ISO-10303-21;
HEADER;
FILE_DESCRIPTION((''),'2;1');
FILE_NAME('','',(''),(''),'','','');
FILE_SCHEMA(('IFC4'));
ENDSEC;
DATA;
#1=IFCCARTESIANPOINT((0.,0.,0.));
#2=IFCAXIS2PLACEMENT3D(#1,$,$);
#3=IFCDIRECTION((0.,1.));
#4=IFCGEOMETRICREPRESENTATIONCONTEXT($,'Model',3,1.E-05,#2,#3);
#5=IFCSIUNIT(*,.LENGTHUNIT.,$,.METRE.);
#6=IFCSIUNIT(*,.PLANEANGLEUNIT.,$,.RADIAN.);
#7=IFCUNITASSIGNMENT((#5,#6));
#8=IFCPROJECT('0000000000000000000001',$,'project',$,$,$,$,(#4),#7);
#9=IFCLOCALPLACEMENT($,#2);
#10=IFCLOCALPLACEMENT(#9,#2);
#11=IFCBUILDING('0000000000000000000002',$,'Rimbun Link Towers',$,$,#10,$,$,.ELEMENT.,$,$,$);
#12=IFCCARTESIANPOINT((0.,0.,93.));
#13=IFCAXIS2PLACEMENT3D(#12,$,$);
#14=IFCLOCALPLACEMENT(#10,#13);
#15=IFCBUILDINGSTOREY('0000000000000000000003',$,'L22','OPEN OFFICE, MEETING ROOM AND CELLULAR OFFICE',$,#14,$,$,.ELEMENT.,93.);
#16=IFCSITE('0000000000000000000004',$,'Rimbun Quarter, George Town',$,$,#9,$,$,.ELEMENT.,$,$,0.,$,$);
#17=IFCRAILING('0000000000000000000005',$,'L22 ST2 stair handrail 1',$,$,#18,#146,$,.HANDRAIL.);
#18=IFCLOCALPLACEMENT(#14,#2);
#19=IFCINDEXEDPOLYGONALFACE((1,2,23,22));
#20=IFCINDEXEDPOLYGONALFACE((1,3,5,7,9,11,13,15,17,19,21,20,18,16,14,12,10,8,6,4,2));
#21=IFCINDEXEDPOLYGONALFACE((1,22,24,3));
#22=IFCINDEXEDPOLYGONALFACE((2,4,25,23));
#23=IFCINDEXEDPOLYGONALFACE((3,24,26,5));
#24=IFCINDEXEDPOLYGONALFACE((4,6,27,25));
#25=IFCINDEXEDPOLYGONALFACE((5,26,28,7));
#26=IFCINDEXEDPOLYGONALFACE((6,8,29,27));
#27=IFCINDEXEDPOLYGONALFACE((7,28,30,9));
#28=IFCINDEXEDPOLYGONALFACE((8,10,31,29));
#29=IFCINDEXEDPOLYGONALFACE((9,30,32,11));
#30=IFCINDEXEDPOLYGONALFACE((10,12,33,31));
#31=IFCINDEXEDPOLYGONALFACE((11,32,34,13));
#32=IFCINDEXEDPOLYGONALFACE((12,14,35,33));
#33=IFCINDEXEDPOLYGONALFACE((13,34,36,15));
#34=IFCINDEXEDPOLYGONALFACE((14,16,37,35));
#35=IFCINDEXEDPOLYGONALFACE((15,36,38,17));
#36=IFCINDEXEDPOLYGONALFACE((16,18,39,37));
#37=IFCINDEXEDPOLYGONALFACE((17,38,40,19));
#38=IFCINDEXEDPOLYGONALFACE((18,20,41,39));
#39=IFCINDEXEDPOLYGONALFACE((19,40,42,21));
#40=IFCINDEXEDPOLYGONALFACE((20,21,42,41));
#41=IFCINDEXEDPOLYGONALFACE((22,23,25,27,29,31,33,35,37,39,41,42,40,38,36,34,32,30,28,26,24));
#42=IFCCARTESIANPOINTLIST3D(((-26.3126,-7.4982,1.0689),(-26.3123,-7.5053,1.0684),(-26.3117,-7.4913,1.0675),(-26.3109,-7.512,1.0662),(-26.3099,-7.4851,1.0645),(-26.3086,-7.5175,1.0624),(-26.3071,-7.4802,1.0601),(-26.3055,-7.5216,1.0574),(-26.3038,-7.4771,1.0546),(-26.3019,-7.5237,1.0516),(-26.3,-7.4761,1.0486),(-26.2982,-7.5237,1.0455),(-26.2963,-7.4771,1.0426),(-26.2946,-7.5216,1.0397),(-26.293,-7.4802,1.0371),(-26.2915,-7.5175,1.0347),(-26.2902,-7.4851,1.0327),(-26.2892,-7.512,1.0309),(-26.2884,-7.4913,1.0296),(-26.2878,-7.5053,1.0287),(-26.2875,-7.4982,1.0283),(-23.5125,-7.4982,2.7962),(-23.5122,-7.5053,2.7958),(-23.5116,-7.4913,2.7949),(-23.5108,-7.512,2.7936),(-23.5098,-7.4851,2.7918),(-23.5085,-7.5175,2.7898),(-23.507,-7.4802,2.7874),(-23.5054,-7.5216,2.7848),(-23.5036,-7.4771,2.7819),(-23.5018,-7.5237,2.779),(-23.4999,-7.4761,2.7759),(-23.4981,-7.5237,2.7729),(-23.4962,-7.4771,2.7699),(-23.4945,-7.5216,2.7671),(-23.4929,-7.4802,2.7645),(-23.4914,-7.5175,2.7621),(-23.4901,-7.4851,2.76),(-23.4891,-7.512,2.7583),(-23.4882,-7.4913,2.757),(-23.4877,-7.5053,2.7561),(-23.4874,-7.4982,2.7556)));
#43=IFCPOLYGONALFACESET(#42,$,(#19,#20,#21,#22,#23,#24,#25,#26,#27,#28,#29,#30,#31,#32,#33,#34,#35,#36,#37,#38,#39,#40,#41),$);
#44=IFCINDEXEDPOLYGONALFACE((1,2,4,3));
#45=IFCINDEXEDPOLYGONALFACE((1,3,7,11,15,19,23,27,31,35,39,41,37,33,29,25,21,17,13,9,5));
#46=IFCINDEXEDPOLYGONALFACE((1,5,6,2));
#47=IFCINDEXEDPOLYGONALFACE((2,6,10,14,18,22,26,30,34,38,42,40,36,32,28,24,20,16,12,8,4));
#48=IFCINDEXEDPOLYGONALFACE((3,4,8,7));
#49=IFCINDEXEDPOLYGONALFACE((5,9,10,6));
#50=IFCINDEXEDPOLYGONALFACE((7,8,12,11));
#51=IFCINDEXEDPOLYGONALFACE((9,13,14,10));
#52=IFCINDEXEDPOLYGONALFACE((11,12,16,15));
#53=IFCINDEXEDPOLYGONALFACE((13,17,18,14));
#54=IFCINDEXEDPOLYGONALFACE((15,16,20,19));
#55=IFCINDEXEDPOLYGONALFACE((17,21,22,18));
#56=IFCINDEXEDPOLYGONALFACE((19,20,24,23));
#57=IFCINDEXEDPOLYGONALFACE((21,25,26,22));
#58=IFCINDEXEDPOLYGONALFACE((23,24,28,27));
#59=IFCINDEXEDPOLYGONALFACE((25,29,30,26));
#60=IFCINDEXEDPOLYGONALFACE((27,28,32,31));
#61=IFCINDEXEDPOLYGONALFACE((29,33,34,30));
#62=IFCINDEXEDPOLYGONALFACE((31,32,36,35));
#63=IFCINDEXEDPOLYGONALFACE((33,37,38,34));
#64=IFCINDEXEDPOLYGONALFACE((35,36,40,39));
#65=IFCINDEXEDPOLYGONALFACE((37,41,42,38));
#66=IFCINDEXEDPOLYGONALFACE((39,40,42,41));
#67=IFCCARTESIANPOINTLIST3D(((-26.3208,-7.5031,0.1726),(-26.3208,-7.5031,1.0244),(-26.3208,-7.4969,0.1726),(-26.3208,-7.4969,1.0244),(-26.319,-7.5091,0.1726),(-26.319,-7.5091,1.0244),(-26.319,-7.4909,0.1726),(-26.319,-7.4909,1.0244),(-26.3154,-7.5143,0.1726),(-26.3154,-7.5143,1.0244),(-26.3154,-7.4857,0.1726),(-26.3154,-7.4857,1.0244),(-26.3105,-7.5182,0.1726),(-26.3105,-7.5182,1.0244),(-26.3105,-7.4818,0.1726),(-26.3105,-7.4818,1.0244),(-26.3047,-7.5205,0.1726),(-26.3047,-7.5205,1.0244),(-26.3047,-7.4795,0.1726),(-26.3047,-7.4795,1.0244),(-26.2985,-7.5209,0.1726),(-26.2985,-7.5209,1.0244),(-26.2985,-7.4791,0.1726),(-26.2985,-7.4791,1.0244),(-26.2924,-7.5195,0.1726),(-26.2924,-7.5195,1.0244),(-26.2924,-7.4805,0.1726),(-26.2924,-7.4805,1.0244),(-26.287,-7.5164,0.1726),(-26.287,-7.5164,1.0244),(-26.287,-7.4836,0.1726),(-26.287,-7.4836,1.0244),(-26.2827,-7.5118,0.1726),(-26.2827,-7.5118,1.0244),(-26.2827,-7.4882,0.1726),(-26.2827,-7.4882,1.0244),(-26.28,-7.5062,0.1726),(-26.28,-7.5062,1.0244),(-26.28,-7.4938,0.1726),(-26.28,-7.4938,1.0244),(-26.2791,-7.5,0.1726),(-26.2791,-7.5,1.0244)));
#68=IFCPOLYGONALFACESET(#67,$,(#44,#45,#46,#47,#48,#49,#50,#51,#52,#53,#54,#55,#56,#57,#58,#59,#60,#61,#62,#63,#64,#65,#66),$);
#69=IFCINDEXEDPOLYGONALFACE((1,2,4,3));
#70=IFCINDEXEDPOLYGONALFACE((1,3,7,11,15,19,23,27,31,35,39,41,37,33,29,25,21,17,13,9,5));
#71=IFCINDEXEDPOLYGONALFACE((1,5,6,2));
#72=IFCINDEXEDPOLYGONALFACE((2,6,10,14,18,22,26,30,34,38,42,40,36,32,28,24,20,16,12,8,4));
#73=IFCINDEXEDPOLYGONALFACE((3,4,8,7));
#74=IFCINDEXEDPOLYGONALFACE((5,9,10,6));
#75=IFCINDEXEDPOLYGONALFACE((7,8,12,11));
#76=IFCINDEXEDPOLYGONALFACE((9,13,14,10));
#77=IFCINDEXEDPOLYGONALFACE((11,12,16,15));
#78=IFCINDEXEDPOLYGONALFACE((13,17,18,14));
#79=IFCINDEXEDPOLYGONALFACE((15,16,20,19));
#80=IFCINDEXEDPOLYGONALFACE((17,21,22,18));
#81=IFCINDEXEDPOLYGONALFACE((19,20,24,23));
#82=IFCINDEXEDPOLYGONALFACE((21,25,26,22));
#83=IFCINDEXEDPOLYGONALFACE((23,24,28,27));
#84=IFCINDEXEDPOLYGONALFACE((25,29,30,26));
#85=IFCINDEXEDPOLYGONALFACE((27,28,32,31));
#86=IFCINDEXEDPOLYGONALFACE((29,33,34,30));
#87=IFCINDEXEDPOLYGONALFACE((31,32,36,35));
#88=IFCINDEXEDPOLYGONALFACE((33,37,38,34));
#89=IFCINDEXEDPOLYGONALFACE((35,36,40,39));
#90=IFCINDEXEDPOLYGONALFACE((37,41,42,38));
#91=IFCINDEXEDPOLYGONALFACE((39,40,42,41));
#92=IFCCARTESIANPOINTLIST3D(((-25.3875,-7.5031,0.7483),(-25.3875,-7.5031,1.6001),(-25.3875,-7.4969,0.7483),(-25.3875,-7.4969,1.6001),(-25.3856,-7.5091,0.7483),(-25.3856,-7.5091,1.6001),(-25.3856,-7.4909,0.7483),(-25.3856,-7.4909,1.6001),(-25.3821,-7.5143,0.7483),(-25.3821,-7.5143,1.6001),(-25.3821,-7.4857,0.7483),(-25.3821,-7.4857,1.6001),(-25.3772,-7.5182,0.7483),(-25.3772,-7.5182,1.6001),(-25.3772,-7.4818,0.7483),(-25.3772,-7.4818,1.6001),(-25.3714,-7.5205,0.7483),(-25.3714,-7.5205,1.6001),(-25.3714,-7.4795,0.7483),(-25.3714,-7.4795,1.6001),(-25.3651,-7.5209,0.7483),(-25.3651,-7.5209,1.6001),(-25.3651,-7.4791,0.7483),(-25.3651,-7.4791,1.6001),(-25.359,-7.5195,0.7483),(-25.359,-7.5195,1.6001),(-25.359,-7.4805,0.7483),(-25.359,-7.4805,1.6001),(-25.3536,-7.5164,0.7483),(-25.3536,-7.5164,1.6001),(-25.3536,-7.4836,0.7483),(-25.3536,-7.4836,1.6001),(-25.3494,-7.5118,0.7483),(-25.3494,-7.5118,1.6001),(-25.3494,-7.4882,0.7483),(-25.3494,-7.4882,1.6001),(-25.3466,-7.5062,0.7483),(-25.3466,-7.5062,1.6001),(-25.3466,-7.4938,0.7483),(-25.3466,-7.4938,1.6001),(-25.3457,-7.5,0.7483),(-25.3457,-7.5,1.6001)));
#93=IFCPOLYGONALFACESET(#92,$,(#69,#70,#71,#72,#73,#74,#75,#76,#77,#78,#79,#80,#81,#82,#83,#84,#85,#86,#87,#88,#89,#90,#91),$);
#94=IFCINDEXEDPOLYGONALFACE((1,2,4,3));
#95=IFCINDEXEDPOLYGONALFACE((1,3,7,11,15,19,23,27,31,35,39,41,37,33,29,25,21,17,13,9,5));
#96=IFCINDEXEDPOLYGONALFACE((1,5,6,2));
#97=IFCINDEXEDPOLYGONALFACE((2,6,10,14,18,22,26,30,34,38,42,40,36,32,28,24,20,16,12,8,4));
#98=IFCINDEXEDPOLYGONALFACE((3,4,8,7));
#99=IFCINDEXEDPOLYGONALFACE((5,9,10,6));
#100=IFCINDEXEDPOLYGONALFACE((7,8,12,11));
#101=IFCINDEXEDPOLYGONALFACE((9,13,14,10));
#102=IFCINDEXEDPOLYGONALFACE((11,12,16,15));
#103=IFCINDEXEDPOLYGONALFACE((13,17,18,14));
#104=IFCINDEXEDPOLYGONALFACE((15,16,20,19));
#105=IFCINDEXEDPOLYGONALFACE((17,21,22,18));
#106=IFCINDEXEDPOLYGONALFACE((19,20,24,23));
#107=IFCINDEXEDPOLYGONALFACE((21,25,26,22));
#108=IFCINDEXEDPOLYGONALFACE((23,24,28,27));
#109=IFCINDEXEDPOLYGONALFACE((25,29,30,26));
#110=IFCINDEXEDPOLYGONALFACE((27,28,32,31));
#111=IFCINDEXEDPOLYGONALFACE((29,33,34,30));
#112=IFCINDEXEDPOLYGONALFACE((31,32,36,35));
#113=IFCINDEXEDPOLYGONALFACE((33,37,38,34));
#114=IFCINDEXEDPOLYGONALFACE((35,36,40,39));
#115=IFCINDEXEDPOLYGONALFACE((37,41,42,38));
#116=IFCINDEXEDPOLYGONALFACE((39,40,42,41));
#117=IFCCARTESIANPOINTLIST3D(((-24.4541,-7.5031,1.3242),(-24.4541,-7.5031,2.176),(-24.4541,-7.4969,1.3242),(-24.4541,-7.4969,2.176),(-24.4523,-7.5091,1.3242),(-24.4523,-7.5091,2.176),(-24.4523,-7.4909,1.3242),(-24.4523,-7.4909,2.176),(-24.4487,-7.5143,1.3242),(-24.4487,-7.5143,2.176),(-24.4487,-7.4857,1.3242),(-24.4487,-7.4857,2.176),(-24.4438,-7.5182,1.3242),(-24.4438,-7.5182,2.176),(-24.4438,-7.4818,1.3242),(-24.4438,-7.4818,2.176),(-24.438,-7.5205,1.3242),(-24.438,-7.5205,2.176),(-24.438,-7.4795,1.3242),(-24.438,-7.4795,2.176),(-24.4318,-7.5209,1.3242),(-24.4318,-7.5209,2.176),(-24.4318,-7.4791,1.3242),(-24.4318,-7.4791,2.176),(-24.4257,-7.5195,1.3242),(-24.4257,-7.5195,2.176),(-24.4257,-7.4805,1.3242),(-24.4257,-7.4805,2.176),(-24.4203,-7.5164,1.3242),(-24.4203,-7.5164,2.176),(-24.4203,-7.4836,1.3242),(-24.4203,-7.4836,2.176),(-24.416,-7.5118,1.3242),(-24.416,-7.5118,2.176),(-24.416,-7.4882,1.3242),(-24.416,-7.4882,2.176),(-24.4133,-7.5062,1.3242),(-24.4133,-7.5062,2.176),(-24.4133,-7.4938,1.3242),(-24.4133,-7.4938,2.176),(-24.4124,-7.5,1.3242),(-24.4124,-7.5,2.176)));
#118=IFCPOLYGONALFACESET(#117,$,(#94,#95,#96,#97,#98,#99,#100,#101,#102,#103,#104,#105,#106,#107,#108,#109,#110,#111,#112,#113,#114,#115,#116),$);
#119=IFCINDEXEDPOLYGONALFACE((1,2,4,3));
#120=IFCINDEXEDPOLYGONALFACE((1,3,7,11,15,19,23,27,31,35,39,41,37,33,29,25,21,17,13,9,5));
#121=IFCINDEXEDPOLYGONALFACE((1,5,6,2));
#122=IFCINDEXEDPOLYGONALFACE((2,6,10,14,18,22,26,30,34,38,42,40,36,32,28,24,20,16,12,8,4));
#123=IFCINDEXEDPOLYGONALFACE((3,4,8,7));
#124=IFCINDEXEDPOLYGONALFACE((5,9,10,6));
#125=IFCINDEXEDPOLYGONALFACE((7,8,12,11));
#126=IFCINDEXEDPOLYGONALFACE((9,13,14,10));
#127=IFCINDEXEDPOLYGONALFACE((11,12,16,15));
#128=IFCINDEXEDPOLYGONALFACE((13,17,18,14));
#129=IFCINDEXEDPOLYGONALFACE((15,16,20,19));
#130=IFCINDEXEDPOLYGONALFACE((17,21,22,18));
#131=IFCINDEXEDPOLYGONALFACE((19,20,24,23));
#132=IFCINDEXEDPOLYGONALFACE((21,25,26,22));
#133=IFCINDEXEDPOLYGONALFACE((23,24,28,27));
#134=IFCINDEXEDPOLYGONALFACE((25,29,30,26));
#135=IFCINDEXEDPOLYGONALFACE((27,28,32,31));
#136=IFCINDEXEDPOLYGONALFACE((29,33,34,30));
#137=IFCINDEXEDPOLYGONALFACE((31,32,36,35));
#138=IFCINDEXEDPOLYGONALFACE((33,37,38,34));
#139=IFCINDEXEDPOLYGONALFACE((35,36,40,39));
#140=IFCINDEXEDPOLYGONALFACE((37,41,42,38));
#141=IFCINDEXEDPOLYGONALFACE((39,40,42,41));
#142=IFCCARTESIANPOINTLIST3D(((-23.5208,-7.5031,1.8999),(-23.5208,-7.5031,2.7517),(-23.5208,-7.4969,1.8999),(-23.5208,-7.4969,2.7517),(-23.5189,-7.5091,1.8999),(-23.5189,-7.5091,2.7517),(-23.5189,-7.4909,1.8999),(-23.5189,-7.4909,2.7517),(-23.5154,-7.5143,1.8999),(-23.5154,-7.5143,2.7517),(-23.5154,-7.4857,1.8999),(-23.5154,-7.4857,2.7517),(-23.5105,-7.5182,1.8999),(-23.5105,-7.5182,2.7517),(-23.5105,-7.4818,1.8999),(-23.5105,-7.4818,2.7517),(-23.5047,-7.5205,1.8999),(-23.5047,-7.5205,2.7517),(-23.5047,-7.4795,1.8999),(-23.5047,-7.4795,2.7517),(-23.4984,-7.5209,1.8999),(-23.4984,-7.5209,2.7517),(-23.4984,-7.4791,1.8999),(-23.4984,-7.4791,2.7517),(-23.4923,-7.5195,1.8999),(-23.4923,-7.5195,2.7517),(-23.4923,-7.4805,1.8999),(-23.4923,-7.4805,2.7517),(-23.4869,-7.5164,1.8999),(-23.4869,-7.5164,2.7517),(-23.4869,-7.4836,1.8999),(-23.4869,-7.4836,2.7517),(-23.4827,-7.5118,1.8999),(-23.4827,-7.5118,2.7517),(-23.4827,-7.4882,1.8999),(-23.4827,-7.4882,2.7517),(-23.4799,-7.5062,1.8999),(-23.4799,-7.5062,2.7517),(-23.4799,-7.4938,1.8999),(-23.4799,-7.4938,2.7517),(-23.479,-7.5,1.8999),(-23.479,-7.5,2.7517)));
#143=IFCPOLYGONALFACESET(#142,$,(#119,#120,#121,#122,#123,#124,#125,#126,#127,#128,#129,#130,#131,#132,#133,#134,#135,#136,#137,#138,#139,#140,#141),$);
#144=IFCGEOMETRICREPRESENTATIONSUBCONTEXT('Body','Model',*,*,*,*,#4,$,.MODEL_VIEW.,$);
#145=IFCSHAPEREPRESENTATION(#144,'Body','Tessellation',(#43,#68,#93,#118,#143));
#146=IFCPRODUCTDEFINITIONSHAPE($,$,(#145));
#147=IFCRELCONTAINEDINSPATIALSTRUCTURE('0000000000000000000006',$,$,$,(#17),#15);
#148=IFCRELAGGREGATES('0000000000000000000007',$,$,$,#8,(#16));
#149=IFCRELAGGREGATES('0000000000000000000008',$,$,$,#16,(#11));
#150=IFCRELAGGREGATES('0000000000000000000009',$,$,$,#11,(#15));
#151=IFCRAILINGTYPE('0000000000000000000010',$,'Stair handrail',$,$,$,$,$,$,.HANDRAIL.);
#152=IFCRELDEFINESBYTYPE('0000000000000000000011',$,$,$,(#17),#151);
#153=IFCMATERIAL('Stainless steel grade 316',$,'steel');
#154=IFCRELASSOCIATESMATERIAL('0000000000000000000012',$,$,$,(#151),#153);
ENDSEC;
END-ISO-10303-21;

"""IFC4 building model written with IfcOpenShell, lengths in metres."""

from ifc_helpers import new_model, si_unit, direction, frame, origin, origin_2d, place, context, subcontext, project, spatial, circle, extrude, material, type_object, element, save


model = new_model("IFC4")

# Units and contexts
model_context = context("Model", 3, precision=1e-05, world=origin(), true_north=direction((0.0, 1.0)))
body_context = subcontext(model_context, "Body", "Model", "MODEL_VIEW")
ifc_project = project(units=[si_unit("LENGTHUNIT", "METRE"), si_unit("PLANEANGLEUNIT", "RADIAN")], contexts=[model_context])

# Site, building, storey
site_placement = place(None, origin())
site = spatial("IfcSite", under=ifc_project, at=site_placement, Name="Rimbun Quarter, George Town", CompositionType="ELEMENT", RefElevation=0.0)
building_placement = place(site_placement, origin())
building = spatial("IfcBuilding", under=site, at=building_placement, Name="Rimbun Link Towers", CompositionType="ELEMENT")
storey_placement = place(building_placement, frame((0.0, 0.0, 93.0)))
storey = spatial("IfcBuildingStorey", under=building, at=storey_placement, Name="L22", Description="OPEN OFFICE, MEETING ROOM AND CELLULAR OFFICE", CompositionType="ELEMENT", Elevation=93.0)

# Railing
ifc_material_1 = material(Name="Stainless steel grade 316", Category="steel")
railing_type_1 = type_object("IfcRailingType", Name="Stair handrail", PredefinedType="HANDRAIL", material=ifc_material_1)
railing_1_placement = place(storey_placement, frame((-26.3, -7.5, 0.1726)))
element("IfcRailing", 1, at=railing_1_placement, inside=storey, type_object=railing_type_1, Name="L22 ST2 stair handrail 1", PredefinedType="HANDRAIL", context=body_context, shape_type="SweptSolid", body=[
    extrude(circle(Radius=0.0239, at=origin_2d()), frame((0.0, 0.0, 0.876), z_axis=(0.85109, 0.0, 0.52502), x_axis=(0.0, 1.0, 0.0)), (0.0, 0.0, 1.0), 3.29),
    extrude(circle(Radius=0.021, at=origin_2d()), origin(), (0.0, 0.0, 1.0), 0.8518),
    extrude(circle(Radius=0.021, at=origin_2d()), frame((0.9333, 0.0, 0.5757)), (0.0, 0.0, 1.0), 0.8518),
    extrude(circle(Radius=0.021, at=origin_2d()), frame((1.8667, 0.0, 1.1516)), (0.0, 0.0, 1.0), 0.8518),
    extrude(circle(Radius=0.021, at=origin_2d()), frame((2.8, 0.0, 1.7273)), (0.0, 0.0, 1.0), 0.8518),
])

save(model, "model.ifc")
